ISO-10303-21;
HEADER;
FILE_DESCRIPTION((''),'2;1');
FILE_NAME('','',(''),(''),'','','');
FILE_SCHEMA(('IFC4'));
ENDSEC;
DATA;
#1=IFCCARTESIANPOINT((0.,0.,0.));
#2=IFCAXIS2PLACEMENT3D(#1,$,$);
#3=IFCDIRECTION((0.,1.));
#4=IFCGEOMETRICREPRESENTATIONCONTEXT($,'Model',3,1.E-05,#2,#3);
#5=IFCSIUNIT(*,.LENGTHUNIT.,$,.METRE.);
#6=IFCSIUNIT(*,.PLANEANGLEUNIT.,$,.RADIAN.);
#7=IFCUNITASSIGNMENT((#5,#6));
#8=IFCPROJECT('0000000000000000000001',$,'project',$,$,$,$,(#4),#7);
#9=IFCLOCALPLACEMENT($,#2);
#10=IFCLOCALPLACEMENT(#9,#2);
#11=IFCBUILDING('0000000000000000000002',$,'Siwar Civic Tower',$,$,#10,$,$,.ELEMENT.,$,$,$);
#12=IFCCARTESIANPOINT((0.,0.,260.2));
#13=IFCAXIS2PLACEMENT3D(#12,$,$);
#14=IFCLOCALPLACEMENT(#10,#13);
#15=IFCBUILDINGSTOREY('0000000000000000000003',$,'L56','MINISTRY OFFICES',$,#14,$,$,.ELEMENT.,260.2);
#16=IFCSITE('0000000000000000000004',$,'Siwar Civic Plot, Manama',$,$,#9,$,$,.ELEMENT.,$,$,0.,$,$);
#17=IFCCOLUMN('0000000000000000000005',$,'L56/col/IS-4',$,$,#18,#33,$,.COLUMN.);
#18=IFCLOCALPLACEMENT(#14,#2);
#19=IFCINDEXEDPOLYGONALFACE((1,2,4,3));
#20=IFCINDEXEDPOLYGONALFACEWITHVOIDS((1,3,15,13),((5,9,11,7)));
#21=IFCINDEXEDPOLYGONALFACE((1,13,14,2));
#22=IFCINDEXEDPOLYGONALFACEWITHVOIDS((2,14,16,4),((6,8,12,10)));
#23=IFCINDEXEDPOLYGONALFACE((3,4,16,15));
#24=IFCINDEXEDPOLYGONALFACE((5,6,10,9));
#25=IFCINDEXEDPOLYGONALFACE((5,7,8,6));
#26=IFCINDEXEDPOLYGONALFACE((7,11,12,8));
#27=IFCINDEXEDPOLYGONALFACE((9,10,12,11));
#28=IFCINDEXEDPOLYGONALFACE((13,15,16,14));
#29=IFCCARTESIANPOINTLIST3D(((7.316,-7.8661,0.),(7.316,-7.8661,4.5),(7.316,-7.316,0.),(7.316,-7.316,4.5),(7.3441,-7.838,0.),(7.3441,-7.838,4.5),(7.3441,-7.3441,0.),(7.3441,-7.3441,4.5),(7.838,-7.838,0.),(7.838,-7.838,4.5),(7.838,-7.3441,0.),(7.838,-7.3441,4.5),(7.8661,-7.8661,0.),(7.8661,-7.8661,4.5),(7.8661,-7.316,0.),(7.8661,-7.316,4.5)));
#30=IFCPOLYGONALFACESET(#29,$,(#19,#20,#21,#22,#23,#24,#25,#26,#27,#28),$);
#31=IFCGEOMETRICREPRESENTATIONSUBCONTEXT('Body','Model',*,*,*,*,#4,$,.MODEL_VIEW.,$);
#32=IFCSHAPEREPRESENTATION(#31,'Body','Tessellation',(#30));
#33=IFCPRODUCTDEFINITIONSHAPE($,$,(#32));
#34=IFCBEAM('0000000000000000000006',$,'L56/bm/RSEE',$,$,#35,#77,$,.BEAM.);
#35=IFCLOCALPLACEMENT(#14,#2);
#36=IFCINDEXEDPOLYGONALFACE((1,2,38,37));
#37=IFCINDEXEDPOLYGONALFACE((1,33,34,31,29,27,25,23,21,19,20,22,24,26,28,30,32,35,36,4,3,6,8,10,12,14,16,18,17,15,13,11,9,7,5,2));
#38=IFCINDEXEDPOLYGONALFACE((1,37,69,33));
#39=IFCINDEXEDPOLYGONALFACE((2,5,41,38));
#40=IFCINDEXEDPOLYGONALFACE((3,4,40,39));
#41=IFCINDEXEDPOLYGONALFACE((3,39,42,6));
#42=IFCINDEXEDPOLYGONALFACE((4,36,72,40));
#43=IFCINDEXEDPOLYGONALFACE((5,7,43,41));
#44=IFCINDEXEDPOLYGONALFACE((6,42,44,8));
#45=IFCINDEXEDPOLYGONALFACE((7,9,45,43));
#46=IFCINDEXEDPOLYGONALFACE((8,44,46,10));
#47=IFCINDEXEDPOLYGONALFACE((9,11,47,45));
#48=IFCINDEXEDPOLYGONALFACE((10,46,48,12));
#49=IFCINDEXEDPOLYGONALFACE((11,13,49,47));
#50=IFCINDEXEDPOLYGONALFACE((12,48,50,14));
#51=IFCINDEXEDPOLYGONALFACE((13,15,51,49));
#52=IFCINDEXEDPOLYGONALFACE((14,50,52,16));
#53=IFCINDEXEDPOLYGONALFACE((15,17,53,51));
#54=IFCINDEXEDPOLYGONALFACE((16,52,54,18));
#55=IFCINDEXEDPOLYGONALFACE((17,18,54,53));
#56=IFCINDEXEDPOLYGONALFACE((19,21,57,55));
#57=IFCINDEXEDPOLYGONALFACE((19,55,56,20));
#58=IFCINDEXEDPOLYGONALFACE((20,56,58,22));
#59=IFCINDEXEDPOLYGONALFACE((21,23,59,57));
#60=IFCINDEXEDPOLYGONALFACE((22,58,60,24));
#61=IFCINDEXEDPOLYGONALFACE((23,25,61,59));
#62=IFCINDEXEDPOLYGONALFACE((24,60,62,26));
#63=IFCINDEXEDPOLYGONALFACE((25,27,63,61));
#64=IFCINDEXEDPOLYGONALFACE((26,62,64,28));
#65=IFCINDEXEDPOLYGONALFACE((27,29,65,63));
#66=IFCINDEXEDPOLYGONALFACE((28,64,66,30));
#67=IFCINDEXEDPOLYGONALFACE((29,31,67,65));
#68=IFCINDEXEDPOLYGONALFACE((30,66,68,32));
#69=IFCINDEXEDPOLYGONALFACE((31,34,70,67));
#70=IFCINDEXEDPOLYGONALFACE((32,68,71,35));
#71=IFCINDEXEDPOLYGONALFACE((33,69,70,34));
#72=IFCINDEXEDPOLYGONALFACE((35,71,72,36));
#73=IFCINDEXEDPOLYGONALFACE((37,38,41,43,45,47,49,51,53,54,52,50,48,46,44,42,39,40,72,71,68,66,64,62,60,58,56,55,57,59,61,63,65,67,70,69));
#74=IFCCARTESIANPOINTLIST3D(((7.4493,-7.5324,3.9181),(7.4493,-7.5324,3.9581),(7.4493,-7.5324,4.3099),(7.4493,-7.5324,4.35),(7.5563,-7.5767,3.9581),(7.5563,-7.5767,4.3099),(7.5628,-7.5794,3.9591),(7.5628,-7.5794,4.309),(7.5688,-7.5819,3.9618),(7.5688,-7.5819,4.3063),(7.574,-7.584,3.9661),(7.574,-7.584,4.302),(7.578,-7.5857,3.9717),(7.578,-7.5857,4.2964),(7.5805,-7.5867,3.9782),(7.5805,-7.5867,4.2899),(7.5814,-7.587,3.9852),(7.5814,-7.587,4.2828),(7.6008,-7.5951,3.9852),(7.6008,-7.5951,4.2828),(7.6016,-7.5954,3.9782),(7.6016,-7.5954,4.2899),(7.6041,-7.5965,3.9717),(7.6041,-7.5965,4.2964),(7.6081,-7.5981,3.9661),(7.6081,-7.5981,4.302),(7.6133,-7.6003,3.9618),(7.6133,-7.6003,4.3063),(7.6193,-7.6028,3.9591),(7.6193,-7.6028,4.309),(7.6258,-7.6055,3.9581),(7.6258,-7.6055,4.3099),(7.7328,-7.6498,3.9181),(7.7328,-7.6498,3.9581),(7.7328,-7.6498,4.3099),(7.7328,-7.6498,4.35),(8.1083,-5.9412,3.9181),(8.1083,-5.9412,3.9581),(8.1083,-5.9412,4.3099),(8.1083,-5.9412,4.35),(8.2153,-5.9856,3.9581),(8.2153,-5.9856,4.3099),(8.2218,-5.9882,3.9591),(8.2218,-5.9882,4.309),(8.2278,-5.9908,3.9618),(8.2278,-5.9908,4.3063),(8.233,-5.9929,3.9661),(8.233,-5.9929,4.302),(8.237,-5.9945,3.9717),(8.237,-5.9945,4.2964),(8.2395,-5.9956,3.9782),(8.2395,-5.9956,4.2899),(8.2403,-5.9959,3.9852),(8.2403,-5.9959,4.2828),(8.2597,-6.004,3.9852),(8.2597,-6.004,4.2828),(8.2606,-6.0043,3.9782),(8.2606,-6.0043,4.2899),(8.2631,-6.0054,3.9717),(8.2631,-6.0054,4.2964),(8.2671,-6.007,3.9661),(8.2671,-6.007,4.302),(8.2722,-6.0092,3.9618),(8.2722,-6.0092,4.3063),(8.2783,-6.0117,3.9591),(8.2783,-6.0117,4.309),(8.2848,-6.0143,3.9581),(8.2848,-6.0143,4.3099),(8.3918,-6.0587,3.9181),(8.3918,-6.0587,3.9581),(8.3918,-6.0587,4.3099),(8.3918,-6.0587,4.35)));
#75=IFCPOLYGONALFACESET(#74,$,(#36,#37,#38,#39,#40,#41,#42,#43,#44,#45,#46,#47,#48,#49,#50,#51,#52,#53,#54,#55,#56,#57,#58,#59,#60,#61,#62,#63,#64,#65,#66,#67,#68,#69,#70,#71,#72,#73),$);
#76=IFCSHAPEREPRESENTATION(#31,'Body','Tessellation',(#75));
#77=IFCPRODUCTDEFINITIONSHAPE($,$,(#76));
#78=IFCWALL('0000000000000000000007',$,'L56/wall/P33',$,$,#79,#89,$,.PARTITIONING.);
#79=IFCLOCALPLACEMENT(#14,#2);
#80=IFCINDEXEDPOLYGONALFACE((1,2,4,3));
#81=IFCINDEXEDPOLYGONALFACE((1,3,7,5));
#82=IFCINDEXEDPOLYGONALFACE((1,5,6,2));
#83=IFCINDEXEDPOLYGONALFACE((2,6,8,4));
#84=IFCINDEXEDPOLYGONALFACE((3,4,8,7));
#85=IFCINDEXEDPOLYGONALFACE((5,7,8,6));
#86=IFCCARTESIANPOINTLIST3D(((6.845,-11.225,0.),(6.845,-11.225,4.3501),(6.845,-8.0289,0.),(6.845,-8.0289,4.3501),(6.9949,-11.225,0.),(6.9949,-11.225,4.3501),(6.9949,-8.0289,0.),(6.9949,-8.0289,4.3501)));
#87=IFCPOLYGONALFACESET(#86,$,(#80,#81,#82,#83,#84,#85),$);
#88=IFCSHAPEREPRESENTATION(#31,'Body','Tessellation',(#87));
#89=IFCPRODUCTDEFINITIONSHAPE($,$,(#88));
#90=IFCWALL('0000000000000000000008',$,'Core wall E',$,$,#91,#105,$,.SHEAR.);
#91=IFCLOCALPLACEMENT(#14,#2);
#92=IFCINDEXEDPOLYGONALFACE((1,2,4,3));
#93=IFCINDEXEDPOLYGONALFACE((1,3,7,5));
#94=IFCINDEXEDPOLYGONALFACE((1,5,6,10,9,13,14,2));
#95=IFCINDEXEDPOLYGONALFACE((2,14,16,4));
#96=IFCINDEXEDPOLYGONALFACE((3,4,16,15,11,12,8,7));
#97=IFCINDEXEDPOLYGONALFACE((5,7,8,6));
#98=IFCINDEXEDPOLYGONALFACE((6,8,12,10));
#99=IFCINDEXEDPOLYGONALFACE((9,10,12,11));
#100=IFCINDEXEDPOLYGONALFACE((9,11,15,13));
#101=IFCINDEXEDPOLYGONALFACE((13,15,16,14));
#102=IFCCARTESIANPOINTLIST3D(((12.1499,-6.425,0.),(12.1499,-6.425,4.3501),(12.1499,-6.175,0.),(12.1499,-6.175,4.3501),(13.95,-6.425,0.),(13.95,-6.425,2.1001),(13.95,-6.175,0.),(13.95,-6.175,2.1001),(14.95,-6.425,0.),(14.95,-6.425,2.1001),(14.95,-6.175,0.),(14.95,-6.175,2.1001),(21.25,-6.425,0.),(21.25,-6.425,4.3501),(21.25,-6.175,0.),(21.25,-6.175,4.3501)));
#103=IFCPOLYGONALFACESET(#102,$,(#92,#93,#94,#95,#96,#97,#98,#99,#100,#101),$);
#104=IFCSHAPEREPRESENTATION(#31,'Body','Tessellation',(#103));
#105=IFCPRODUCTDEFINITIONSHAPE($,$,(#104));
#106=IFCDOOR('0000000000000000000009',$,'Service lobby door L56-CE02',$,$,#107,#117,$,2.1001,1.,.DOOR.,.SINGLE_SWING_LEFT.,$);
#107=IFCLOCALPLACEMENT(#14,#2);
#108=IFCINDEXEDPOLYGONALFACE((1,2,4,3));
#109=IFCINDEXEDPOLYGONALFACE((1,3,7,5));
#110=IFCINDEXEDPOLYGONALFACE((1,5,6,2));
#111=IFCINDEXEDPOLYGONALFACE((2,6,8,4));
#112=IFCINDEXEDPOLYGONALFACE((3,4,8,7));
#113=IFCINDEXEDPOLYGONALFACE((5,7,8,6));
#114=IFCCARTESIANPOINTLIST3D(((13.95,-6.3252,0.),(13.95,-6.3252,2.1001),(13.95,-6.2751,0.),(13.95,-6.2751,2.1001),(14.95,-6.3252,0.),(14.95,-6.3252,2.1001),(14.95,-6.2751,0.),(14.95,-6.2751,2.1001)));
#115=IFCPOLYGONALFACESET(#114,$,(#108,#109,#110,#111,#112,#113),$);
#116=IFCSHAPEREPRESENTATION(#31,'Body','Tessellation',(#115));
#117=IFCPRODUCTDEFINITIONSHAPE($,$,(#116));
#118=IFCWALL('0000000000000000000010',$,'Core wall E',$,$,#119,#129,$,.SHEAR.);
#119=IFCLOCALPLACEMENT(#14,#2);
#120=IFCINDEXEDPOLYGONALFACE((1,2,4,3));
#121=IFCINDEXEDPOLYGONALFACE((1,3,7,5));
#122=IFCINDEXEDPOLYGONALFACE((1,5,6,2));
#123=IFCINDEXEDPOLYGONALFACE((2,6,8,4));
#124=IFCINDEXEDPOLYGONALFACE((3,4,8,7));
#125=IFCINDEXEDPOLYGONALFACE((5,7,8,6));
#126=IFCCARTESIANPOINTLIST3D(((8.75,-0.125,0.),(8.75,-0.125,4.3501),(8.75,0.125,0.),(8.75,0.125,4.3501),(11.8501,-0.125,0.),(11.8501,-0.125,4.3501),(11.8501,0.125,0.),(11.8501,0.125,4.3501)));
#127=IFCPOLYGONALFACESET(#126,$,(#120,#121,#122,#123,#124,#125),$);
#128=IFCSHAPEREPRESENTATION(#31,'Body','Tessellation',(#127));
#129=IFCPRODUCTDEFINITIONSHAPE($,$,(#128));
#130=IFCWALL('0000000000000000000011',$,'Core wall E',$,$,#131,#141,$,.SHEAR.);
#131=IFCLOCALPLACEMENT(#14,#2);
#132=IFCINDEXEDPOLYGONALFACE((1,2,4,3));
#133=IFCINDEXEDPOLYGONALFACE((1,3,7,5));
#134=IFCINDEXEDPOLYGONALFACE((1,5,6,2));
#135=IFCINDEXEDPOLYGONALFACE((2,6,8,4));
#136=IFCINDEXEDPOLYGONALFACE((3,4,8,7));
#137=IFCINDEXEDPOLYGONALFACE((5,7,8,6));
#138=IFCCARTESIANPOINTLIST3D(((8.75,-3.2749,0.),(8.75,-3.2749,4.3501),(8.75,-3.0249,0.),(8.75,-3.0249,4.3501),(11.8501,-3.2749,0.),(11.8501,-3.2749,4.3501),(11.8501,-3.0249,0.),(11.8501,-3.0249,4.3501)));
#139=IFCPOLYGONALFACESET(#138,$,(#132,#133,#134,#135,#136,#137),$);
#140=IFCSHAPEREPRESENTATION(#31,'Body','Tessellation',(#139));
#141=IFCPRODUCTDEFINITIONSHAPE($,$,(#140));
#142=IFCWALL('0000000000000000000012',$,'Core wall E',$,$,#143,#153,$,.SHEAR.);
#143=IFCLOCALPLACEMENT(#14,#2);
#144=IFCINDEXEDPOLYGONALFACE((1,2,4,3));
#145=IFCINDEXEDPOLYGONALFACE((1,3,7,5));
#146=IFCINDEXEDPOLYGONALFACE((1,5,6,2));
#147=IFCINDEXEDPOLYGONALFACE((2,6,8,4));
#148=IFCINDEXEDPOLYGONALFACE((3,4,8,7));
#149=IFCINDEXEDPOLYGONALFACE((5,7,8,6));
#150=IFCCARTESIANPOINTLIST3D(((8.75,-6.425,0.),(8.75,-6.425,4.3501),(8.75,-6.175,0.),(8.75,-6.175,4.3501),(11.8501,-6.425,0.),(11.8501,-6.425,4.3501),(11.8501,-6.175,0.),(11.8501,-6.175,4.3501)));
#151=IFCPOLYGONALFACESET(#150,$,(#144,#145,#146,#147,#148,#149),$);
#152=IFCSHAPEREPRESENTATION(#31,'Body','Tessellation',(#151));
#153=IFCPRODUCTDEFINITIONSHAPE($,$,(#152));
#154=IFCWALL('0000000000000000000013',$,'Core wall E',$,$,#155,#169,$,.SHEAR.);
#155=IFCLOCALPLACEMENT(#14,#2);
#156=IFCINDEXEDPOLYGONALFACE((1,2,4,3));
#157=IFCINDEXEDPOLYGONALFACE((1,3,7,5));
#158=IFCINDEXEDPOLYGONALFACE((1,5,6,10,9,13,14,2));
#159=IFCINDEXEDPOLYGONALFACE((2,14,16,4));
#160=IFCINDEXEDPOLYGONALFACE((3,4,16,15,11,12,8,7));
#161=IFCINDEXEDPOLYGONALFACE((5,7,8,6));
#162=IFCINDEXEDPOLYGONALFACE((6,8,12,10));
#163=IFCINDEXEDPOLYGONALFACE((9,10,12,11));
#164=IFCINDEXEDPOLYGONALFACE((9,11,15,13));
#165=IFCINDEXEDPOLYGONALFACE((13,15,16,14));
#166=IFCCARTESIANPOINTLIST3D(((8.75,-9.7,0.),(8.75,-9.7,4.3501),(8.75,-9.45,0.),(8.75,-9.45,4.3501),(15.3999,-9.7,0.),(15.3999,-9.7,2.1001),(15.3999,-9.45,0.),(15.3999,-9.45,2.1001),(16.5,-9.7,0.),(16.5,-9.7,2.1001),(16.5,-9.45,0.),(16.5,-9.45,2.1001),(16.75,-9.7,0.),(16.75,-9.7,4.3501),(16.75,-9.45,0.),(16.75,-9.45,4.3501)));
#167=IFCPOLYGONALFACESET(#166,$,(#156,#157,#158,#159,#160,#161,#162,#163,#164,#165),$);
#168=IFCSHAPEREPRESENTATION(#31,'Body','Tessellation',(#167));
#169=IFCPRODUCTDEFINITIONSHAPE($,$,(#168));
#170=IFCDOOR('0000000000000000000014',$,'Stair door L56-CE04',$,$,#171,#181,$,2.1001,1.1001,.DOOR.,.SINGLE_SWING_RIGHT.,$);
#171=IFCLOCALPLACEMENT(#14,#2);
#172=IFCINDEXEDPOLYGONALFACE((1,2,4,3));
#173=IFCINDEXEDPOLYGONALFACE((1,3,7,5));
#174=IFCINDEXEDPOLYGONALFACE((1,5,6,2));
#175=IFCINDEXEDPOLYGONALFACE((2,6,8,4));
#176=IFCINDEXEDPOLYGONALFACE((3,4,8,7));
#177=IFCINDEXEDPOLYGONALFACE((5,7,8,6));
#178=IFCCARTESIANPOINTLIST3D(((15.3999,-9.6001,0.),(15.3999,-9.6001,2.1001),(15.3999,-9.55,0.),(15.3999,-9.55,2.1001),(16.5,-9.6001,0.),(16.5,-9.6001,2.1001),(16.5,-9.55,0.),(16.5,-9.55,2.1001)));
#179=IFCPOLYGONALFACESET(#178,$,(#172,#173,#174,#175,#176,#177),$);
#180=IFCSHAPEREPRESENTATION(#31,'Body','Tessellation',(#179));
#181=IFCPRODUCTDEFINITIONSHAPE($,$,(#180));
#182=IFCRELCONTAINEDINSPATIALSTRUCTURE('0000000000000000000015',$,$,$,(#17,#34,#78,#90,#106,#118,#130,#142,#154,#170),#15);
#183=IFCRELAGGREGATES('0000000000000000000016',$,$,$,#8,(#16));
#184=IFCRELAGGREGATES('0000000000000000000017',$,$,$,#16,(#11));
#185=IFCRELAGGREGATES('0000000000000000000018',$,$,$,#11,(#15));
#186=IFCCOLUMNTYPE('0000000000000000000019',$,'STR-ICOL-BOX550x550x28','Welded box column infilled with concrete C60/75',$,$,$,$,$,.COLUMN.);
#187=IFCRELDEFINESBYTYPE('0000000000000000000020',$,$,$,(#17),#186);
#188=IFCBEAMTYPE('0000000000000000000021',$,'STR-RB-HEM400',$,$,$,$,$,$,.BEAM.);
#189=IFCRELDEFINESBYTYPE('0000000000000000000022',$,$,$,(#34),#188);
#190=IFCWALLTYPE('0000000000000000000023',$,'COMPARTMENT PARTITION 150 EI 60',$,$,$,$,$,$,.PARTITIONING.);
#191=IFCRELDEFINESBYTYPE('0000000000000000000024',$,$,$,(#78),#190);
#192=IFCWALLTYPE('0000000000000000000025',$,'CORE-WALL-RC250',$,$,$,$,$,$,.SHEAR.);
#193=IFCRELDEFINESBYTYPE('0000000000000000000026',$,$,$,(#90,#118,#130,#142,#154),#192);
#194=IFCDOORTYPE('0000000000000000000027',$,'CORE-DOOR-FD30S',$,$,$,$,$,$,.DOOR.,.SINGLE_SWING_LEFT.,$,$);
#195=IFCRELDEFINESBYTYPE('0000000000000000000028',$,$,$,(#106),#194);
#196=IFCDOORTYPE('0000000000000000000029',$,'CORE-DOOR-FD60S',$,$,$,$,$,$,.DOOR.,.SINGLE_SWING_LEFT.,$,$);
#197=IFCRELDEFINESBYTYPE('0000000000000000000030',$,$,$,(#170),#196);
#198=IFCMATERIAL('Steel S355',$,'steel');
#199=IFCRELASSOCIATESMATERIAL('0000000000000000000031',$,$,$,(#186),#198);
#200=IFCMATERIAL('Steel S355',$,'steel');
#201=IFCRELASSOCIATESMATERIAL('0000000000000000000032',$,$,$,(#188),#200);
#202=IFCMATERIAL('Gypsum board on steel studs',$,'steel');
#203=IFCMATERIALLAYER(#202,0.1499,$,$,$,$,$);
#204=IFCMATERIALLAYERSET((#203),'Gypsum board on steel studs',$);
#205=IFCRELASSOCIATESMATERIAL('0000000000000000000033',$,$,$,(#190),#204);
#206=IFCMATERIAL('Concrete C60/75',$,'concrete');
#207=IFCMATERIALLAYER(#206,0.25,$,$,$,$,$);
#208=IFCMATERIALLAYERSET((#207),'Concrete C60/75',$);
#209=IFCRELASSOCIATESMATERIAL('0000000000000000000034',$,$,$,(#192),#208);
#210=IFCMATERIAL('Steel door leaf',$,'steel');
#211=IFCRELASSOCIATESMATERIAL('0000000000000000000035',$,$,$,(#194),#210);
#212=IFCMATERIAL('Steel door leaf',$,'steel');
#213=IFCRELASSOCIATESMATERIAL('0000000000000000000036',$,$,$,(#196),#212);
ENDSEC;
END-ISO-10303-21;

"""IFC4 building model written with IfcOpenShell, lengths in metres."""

from ifc_helpers import new_model, si_unit, direction, frame, frame_2d, origin, origin_2d, place, context, subcontext, project, spatial, rectangle, hollow_rectangle, i_section, extrude, material, layer, layer_set, material_profile, profile_set, type_object, element, fill, save


model = new_model("IFC4")

# Units and contexts
model_context = context("Model", 3, precision=1e-05, world=origin(), true_north=direction((0.0, 1.0)))
body_context = subcontext(model_context, "Body", "Model", "MODEL_VIEW")
ifc_project = project(units=[si_unit("LENGTHUNIT", "METRE"), si_unit("PLANEANGLEUNIT", "RADIAN")], contexts=[model_context])

# Site, building, storey
site_placement = place(None, origin())
site = spatial("IfcSite", under=ifc_project, at=site_placement, Name="Siwar Civic Plot, Manama", CompositionType="ELEMENT", RefElevation=0.0)
building_placement = place(site_placement, origin())
building = spatial("IfcBuilding", under=site, at=building_placement, Name="Siwar Civic Tower", CompositionType="ELEMENT")
storey_placement = place(building_placement, frame((0.0, 0.0, 260.2)))
storey = spatial("IfcBuildingStorey", under=building, at=storey_placement, Name="L56", Description="MINISTRY OFFICES", CompositionType="ELEMENT", Elevation=260.2)

# Column
ifc_material_1 = material(Name="Steel S355", Category="steel")
ifc_material_profile_1 = material_profile(ifc_material_1, hollow_rectangle(XDim=0.55, YDim=0.55, WallThickness=0.0281, at=origin_2d()), Name="BOX550x550x28")
ifc_profile_set_1 = profile_set([ifc_material_profile_1], Name="Steel S355")
column_type = type_object("IfcColumnType", Name="STR-ICOL-BOX550x550x28", Description="Welded box column infilled with concrete C60/75", PredefinedType="COLUMN", material=ifc_profile_set_1)
column_placement = place(storey_placement, frame((7.5911, -7.5911, 0.0), z_axis=(0.0, 0.0, 1.0), x_axis=(1.0, 0.0, 0.0)))
element("IfcColumn", 1, at=column_placement, inside=storey, type_object=column_type, Name="L56/col/IS-4", PredefinedType="COLUMN", context=body_context, shape_type="SweptSolid", body=[
    extrude(hollow_rectangle(XDim=0.55, YDim=0.55, WallThickness=0.0281, at=origin_2d()), origin(), (0.0, 0.0, 1.0), 4.5),
])

# Beam
ifc_material_2 = material(Name="Steel S355", Category="steel")
ifc_material_profile_2 = material_profile(ifc_material_2, i_section(OverallWidth=0.3069, OverallDepth=0.4319, WebThickness=0.021, FlangeThickness=0.04, FilletRadius=0.0271, at=origin_2d()), Name="HEM400")
ifc_profile_set_2 = profile_set([ifc_material_profile_2], Name="Steel S355")
beam_type = type_object("IfcBeamType", Name="STR-RB-HEM400", PredefinedType="BEAM", material=ifc_profile_set_2)
beam_placement = place(storey_placement, frame((7.5911, -7.5911, 4.134), z_axis=(0.382631, 0.923901, 0.0), x_axis=(-0.923901, 0.382631, 0.0)))
element("IfcBeam", 2, at=beam_placement, inside=storey, type_object=beam_type, Name="L56/bm/RSEE", PredefinedType="BEAM", context=body_context, shape_type="SweptSolid", body=[
    extrude(i_section(OverallWidth=0.3069, OverallDepth=0.4319, WebThickness=0.021, FlangeThickness=0.04, FilletRadius=0.0271, at=origin_2d()), origin(), (0.0, 0.0, 1.0), 1.7222),
])

# Wall
ifc_material_3 = material(Name="Gypsum board on steel studs", Category="steel")
ifc_layer_1 = layer(ifc_material_3, 0.1499)
ifc_layer_set_1 = layer_set([ifc_layer_1], Name="Gypsum board on steel studs")
wall_type_1 = type_object("IfcWallType", Name="COMPARTMENT PARTITION 150 EI 60", PredefinedType="PARTITIONING", material=ifc_layer_set_1)
wall_1_placement = place(storey_placement, frame((6.9199, -11.2251, 0.0), z_axis=(0.0, 0.0, 1.0), x_axis=(0.0, 1.0, 0.0)))
element("IfcWall", 3, at=wall_1_placement, inside=storey, type_object=wall_type_1, Name="L56/wall/P33", PredefinedType="PARTITIONING", context=body_context, shape_type="SweptSolid", body=[
    extrude(rectangle(XDim=3.196, YDim=0.1499, at=frame_2d((1.5981, 0.0))), origin(), (0.0, 0.0, 1.0), 4.3501),
])

# Wall, opening, door
ifc_material_4 = material(Name="Concrete C60/75", Category="concrete")
ifc_layer_2 = layer(ifc_material_4, 0.25)
ifc_layer_set_2 = layer_set([ifc_layer_2], Name="Concrete C60/75")
wall_type_2 = type_object("IfcWallType", Name="CORE-WALL-RC250", PredefinedType="SHEAR", material=ifc_layer_set_2)
wall_2_placement = place(storey_placement, frame((12.1499, -6.3, 0.0), z_axis=(0.0, 0.0, 1.0), x_axis=(1.0, 0.0, 0.0)))
wall_2 = element("IfcWall", 4, at=wall_2_placement, inside=storey, type_object=wall_type_2, Name="Core wall E", PredefinedType="SHEAR", context=body_context, shape_type="SweptSolid", body=[
    extrude(rectangle(XDim=9.1001, YDim=0.25, at=frame_2d((4.55, 0.0))), origin(), (0.0, 0.0, 1.0), 4.3501),
])
opening_1_placement = place(wall_2_placement, frame((1.8, 0.0, 0.0)))
opening_1 = element("IfcOpeningElement", 5, at=opening_1_placement, cuts=wall_2, PredefinedType="OPENING", context=body_context, shape_type="SweptSolid", body=[
    extrude(rectangle(XDim=1.0, YDim=2.1001, at=frame_2d((0.5, 1.05))), frame((0.0, 0.135, 0.0), z_axis=(0.0, -1.0, 0.0), x_axis=(1.0, 0.0, 0.0)), (0.0, 0.0, 1.0), 0.27),
])
ifc_material_5 = material(Name="Steel door leaf", Category="steel")
door_type_1 = type_object("IfcDoorType", Name="CORE-DOOR-FD30S", OperationType="SINGLE_SWING_LEFT", PredefinedType="DOOR", material=ifc_material_5)
door_1_placement = place(opening_1_placement, origin())
door_1 = element("IfcDoor", 6, at=door_1_placement, inside=storey, type_object=door_type_1, Name="Service lobby door L56-CE02", OperationType="SINGLE_SWING_LEFT", OverallHeight=2.1001, OverallWidth=1.0, PredefinedType="DOOR", context=body_context, shape_type="SweptSolid", body=[
    extrude(rectangle(XDim=1.0, YDim=2.1001, at=frame_2d((0.5, 1.05))), frame((0.0, 0.0249, 0.0), z_axis=(0.0, -1.0, 0.0), x_axis=(1.0, 0.0, 0.0)), (0.0, 0.0, 1.0), 0.05),
])
fill(opening_1, door_1)

# Walls
for number, where, z_axis, x_axis, name in (
    (7, (8.75, 0.0, 0.0), (0.0, 0.0, 1.0), (1.0, 0.0, 0.0), "Core wall E"),
    (8, (8.75, -3.1499, 0.0), (0.0, 0.0, 1.0), (1.0, 0.0, 0.0), "Core wall E"),
    (9, (8.75, -6.3, 0.0), (0.0, 0.0, 1.0), (1.0, 0.0, 0.0), "Core wall E"),
):
    element("IfcWall", number, at=place(storey_placement, frame(where, z_axis=z_axis, x_axis=x_axis)), inside=storey, type_object=wall_type_2, Name=name, PredefinedType="SHEAR", context=body_context, shape_type="SweptSolid", body=[
        extrude(rectangle(XDim=3.1001, YDim=0.25, at=frame_2d((1.55, 0.0))), origin(), (0.0, 0.0, 1.0), 4.3501),
    ])

# Wall, opening, door
wall_3_placement = place(storey_placement, frame((8.75, -9.575, 0.0), z_axis=(0.0, 0.0, 1.0), x_axis=(1.0, 0.0, 0.0)))
wall_3 = element("IfcWall", 10, at=wall_3_placement, inside=storey, type_object=wall_type_2, Name="Core wall E", PredefinedType="SHEAR", context=body_context, shape_type="SweptSolid", body=[
    extrude(rectangle(XDim=8.0, YDim=0.25, at=frame_2d((4.0, 0.0))), origin(), (0.0, 0.0, 1.0), 4.3501),
])
opening_2_placement = place(wall_3_placement, frame((6.6499, 0.0, 0.0)))
opening_2 = element("IfcOpeningElement", 11, at=opening_2_placement, cuts=wall_3, PredefinedType="OPENING", context=body_context, shape_type="SweptSolid", body=[
    extrude(rectangle(XDim=1.1001, YDim=2.1001, at=frame_2d((0.55, 1.05))), frame((0.0, 0.135, 0.0), z_axis=(0.0, -1.0, 0.0), x_axis=(1.0, 0.0, 0.0)), (0.0, 0.0, 1.0), 0.27),
])
ifc_material_6 = material(Name="Steel door leaf", Category="steel")
door_type_2 = type_object("IfcDoorType", Name="CORE-DOOR-FD60S", OperationType="SINGLE_SWING_LEFT", PredefinedType="DOOR", material=ifc_material_6)
door_2_placement = place(opening_2_placement, origin())
door_2 = element("IfcDoor", 12, at=door_2_placement, inside=storey, type_object=door_type_2, Name="Stair door L56-CE04", OperationType="SINGLE_SWING_RIGHT", OverallHeight=2.1001, OverallWidth=1.1001, PredefinedType="DOOR", context=body_context, shape_type="SweptSolid", body=[
    extrude(rectangle(XDim=1.1001, YDim=2.1001, at=frame_2d((0.55, 1.05))), frame((0.0, 0.0249, 0.0), z_axis=(0.0, -1.0, 0.0), x_axis=(1.0, 0.0, 0.0)), (0.0, 0.0, 1.0), 0.05),
])
fill(opening_2, door_2)

save(model, "model.ifc")
